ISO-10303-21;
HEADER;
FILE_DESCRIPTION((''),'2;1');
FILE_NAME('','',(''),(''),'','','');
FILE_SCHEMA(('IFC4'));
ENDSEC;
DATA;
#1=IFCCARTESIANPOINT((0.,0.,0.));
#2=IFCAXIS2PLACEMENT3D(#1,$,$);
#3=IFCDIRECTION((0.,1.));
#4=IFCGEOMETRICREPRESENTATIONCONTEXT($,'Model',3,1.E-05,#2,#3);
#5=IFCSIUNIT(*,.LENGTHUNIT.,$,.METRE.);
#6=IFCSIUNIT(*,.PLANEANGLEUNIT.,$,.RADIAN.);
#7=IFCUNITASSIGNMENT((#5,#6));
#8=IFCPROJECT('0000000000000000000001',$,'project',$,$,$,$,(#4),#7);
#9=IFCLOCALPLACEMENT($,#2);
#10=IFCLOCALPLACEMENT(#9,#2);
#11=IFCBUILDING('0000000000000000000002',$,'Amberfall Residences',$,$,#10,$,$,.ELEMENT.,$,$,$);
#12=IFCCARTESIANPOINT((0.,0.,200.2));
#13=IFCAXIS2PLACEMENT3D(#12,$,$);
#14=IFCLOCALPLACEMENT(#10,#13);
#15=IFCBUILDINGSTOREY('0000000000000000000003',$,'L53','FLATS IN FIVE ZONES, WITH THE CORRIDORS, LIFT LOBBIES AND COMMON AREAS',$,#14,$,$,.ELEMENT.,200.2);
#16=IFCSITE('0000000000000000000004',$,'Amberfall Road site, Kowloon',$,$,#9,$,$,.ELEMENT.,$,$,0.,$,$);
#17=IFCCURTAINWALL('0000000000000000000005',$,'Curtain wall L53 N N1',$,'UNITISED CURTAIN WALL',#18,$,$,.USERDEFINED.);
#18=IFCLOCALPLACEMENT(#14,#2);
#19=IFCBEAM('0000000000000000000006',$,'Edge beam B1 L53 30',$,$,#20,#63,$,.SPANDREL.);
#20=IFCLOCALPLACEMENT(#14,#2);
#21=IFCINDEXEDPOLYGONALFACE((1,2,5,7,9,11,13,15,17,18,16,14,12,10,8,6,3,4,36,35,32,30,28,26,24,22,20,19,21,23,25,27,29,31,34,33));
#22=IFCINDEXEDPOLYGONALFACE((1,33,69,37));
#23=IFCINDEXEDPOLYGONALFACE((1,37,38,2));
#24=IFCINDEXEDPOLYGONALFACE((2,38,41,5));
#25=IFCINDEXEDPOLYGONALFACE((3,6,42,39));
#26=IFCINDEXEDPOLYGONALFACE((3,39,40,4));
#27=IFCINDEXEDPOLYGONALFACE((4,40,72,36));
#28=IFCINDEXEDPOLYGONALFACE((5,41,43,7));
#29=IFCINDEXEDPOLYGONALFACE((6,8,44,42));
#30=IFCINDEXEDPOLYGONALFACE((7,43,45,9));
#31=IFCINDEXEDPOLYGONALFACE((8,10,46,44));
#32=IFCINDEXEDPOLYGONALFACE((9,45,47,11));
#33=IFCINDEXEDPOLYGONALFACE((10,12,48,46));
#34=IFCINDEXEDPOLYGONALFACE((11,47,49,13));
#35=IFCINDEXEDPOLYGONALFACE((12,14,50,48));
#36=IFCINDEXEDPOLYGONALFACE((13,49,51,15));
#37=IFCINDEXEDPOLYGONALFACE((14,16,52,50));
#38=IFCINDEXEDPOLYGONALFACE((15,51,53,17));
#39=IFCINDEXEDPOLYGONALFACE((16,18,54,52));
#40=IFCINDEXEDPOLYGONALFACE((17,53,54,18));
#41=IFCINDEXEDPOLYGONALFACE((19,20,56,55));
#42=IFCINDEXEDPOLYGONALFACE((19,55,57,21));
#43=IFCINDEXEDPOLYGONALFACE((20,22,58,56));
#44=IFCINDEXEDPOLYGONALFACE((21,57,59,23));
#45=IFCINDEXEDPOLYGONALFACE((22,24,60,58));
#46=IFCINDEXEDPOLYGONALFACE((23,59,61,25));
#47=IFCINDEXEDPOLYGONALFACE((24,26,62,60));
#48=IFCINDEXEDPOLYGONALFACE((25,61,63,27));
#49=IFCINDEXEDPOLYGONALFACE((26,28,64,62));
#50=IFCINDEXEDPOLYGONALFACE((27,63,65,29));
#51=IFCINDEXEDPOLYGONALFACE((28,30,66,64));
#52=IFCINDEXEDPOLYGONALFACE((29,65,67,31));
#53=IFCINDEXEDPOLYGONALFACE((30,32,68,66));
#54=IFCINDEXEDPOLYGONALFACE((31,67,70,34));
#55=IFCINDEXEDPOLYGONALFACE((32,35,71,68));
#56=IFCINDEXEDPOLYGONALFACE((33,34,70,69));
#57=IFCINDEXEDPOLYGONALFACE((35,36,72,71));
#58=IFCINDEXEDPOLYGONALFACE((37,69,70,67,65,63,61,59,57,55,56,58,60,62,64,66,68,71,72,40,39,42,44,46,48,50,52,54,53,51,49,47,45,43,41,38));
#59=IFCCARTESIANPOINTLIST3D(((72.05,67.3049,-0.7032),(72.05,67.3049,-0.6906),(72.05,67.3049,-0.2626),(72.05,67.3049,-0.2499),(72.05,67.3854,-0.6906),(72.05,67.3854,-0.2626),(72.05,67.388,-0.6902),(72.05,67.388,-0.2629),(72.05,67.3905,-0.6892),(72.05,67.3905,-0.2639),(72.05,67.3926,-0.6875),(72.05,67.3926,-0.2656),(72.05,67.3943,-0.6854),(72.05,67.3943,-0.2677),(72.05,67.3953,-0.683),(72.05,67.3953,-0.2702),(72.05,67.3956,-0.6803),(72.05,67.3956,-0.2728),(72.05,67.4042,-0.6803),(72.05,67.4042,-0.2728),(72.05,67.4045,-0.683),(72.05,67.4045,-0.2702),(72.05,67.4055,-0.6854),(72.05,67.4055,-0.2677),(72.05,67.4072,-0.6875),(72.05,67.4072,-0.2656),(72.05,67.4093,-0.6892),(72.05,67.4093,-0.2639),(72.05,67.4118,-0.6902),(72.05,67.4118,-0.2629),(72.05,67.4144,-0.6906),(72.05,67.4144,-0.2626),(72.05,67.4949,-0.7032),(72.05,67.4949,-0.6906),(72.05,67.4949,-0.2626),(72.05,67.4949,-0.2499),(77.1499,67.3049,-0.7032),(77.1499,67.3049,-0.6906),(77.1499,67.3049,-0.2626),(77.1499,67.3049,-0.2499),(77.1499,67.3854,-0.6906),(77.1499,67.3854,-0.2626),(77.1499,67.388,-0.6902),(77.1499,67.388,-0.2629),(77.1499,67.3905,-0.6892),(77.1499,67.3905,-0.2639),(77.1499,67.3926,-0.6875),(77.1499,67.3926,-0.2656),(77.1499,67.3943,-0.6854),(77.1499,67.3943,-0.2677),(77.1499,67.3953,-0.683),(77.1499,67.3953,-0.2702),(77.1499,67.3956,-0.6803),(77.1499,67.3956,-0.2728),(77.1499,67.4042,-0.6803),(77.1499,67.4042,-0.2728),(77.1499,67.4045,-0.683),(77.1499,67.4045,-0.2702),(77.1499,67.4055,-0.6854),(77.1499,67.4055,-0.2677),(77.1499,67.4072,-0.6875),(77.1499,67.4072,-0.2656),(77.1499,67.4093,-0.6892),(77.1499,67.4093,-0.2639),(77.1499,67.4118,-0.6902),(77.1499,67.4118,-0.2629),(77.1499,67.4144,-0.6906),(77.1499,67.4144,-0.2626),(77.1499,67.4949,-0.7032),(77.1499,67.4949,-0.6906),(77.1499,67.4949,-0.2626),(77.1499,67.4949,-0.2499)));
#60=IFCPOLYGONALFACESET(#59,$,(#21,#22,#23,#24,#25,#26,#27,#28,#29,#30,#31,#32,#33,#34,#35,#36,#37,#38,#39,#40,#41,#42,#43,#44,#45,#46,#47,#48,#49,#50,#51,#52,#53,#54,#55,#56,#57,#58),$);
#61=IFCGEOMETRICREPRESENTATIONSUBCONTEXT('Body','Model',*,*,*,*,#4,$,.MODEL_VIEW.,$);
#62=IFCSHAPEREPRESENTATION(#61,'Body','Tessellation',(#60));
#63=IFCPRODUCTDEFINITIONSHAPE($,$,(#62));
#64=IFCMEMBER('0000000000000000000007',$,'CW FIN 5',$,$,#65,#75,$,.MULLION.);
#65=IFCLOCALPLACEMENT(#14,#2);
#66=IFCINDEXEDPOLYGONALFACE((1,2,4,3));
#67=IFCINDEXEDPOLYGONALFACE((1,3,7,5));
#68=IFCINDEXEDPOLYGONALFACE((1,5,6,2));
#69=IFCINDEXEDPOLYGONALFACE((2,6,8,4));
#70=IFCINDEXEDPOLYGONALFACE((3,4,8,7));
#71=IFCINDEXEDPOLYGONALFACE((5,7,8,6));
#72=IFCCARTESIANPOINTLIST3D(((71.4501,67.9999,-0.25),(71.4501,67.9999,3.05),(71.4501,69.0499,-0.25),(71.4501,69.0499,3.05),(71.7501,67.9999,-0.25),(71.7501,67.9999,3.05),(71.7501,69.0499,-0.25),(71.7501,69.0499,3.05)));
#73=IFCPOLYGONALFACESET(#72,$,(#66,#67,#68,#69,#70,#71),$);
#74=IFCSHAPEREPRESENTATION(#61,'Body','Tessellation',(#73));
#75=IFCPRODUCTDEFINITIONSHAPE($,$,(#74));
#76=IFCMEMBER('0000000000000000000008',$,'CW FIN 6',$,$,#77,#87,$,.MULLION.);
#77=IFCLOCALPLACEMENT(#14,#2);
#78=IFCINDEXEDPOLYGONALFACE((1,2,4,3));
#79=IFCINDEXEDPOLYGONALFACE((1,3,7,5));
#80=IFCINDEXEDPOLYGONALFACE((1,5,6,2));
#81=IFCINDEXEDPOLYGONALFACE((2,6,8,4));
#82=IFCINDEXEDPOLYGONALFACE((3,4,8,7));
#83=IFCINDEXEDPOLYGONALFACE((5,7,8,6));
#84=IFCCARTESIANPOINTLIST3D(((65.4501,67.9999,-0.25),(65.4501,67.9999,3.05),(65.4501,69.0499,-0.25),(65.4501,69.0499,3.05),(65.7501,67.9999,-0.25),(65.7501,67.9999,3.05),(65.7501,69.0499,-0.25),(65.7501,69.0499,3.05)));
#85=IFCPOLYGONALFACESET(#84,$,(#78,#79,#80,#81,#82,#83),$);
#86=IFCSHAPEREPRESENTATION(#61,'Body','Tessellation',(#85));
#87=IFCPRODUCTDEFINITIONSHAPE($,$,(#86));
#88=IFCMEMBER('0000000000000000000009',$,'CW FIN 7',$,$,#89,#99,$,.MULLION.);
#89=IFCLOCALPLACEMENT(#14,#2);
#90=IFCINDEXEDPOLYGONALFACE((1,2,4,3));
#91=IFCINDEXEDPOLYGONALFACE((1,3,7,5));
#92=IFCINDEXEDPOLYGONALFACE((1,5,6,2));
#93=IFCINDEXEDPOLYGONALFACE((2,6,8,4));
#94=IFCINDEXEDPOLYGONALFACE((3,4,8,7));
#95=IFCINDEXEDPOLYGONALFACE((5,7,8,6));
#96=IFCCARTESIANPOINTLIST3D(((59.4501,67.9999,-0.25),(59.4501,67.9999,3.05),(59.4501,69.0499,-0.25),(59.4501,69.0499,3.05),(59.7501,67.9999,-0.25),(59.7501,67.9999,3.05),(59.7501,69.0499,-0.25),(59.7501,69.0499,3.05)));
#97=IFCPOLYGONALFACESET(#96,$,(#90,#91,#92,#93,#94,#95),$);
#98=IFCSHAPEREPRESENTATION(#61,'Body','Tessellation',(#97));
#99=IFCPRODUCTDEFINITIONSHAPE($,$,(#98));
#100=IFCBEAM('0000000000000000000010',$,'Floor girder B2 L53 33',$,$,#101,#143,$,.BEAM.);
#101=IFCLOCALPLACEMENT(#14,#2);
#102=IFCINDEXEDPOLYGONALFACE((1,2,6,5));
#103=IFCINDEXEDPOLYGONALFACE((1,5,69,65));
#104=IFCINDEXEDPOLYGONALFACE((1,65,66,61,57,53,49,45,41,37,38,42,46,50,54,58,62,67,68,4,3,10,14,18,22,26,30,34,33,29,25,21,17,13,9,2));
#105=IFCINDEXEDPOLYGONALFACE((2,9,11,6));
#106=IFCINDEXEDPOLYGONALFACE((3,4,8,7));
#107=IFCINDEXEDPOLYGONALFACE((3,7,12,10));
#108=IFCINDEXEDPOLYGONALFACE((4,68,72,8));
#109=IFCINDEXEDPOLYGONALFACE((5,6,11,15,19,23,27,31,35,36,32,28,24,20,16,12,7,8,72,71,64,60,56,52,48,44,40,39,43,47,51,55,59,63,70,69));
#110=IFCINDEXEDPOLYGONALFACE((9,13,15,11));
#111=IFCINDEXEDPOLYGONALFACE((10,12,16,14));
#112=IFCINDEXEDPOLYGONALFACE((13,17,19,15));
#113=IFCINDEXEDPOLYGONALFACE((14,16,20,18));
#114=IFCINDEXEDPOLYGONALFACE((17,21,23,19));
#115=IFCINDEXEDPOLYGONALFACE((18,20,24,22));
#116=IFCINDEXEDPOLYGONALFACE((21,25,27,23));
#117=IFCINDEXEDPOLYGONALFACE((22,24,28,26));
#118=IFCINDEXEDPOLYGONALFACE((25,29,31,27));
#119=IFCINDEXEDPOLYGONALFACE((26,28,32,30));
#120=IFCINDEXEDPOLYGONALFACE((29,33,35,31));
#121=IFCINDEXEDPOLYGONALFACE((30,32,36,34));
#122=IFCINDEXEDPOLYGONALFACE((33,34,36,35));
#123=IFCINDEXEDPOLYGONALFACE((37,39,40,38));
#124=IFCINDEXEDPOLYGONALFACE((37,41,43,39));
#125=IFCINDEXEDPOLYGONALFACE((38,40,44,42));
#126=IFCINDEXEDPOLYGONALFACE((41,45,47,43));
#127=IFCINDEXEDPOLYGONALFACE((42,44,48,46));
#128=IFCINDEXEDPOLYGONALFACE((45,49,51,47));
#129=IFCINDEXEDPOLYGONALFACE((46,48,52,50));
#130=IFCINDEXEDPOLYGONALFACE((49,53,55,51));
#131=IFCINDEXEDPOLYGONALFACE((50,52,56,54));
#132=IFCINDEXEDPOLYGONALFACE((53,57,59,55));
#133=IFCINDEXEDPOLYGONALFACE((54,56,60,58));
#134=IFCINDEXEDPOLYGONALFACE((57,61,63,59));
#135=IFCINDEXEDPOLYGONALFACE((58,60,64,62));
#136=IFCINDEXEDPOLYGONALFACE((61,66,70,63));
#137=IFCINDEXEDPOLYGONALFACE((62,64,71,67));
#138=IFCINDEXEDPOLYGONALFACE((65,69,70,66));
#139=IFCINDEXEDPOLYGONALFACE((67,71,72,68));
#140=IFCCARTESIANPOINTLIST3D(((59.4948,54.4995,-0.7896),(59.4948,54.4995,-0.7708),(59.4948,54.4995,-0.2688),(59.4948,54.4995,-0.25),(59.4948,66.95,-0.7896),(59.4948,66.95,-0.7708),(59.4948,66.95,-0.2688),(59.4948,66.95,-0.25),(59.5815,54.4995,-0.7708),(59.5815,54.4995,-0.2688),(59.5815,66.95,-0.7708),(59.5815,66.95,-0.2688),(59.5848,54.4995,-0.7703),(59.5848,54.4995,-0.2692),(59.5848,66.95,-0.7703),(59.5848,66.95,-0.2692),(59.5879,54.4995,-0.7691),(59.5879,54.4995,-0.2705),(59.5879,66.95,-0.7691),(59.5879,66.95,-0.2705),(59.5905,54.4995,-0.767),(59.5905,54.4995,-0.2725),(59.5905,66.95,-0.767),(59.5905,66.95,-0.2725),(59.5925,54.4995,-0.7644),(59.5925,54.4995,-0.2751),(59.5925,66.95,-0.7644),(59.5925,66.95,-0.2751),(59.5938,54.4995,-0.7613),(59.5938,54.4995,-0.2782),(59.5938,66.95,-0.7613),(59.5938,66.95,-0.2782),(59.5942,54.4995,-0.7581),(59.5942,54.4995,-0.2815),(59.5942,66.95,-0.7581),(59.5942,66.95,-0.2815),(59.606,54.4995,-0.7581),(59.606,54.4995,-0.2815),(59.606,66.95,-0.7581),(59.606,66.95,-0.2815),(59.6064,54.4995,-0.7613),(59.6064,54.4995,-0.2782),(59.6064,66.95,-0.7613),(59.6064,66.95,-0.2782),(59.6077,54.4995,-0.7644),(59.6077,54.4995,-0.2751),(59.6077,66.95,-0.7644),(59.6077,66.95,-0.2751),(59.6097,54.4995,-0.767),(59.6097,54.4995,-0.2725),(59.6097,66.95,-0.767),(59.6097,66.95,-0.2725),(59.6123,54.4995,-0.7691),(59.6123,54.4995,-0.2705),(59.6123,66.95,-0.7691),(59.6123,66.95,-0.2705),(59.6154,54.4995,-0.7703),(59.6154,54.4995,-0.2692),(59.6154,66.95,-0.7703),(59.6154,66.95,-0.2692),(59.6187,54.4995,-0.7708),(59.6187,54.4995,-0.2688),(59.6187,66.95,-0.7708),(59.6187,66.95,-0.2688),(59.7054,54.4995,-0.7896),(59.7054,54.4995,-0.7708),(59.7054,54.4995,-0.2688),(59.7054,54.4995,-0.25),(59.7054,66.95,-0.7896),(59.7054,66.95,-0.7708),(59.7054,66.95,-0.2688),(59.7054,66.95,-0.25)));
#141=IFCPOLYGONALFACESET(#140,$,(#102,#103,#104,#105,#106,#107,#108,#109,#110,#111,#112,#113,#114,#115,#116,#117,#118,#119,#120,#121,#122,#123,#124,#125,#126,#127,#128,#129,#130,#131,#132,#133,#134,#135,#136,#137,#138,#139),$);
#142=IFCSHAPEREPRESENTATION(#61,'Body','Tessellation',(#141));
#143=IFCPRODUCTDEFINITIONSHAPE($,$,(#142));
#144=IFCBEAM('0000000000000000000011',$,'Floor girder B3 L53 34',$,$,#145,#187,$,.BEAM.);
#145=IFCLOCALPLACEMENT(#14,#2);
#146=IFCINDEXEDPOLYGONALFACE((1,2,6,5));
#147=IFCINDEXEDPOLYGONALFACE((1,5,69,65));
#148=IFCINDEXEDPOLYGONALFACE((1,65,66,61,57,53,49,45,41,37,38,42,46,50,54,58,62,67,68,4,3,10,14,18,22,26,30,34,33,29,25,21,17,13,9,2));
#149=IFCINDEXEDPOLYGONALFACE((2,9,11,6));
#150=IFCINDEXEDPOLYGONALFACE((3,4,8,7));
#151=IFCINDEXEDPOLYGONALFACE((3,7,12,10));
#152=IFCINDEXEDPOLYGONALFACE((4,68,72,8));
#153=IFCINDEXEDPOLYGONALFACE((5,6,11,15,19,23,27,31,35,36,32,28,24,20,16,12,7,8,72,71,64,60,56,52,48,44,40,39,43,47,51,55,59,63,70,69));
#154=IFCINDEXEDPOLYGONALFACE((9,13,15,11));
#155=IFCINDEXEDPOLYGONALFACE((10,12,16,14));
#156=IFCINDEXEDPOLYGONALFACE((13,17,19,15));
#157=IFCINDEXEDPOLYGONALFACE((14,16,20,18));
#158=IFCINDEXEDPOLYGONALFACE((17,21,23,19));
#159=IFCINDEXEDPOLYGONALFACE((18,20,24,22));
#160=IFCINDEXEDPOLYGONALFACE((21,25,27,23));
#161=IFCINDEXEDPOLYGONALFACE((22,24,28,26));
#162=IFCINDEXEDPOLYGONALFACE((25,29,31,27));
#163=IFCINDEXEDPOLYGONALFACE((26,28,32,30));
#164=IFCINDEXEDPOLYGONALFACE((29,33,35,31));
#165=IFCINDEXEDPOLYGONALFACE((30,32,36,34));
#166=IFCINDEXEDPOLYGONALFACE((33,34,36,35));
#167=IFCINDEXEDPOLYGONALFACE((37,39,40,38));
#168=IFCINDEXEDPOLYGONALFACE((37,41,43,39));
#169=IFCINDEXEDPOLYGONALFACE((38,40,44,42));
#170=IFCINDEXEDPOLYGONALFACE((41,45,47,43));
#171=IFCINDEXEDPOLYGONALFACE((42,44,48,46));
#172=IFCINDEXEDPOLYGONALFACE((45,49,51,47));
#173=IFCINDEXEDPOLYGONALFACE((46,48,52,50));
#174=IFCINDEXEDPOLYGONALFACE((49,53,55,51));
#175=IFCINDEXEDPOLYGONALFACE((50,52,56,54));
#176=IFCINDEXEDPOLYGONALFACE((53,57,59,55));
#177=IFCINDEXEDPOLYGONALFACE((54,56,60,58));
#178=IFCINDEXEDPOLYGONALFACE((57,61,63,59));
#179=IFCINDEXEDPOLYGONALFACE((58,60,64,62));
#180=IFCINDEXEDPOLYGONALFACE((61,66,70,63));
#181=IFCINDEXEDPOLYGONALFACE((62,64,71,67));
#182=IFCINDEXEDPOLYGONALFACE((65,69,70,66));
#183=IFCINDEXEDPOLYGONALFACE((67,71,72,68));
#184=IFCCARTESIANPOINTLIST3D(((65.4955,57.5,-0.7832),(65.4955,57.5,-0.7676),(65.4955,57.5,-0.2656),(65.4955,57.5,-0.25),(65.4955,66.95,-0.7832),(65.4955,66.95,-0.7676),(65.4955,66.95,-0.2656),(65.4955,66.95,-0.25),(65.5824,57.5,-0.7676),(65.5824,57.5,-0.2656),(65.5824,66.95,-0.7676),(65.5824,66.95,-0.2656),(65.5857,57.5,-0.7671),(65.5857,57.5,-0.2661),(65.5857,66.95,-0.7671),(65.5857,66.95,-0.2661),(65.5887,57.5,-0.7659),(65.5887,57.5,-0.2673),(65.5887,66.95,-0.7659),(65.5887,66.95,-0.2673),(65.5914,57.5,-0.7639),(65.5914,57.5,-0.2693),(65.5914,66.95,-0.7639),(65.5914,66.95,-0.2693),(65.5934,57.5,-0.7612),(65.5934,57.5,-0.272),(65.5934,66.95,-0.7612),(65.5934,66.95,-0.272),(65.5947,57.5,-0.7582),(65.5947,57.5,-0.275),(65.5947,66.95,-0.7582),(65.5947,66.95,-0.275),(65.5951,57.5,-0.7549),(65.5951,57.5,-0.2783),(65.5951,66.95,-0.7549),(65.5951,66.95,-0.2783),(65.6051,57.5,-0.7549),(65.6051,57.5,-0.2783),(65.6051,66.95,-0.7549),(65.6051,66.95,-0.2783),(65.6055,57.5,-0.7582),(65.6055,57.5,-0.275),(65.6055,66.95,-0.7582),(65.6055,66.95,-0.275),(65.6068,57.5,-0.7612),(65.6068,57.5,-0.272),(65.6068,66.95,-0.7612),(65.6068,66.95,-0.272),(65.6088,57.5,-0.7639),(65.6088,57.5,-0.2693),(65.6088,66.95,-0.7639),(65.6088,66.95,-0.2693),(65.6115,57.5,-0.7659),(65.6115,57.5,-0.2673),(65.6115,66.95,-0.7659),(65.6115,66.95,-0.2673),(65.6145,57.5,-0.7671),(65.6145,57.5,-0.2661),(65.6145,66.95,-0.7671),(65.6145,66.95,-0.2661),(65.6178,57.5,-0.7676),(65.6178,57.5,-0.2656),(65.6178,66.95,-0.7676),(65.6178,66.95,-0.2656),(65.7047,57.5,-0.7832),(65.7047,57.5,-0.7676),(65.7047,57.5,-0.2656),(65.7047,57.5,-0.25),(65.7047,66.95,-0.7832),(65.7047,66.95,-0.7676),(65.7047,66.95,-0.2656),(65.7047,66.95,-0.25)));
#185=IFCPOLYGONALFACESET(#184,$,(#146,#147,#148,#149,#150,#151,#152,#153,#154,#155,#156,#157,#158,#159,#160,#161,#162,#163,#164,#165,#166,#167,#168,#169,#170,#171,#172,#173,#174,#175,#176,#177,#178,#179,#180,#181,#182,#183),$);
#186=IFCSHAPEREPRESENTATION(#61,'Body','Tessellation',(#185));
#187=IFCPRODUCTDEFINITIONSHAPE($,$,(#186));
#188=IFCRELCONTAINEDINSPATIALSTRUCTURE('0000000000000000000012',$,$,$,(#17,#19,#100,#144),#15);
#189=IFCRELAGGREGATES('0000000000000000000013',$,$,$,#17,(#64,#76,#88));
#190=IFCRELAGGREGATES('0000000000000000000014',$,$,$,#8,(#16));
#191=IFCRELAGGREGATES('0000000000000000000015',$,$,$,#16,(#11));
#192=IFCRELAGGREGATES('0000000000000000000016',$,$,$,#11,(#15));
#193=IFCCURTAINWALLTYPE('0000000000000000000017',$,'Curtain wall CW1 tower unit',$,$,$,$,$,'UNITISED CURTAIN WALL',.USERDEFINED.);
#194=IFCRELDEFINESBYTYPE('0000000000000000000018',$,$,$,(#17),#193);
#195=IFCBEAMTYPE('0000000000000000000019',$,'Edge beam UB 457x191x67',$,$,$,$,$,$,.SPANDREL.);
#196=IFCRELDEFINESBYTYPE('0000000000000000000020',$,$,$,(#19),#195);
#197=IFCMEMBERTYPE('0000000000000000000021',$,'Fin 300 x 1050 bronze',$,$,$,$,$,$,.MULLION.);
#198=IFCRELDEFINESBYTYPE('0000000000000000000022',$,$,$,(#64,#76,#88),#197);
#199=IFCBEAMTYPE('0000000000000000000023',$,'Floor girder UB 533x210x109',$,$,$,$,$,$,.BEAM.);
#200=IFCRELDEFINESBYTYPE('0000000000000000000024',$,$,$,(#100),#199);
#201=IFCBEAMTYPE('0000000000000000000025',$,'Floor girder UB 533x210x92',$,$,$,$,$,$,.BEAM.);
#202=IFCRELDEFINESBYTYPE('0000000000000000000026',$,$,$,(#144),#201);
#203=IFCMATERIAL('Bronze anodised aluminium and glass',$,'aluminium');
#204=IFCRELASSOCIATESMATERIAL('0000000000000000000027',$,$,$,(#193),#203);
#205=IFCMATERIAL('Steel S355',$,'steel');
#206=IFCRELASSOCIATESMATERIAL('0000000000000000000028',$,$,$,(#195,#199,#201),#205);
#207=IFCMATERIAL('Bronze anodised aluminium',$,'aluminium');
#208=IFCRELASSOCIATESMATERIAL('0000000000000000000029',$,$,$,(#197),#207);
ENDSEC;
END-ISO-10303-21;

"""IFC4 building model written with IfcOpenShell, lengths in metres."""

from ifc_helpers import new_model, si_unit, direction, frame, origin, origin_2d, place, context, subcontext, project, spatial, rectangle, i_section, extrude, material, material_profile, profile_set, type_object, element, aggregate, save


model = new_model("IFC4")

# Units and contexts
model_context = context("Model", 3, precision=1e-05, world=origin(), true_north=direction((0.0, 1.0)))
body_context = subcontext(model_context, "Body", "Model", "MODEL_VIEW")
ifc_project = project(units=[si_unit("LENGTHUNIT", "METRE"), si_unit("PLANEANGLEUNIT", "RADIAN")], contexts=[model_context])

# Site, building, storey
site_placement = place(None, origin())
site = spatial("IfcSite", under=ifc_project, at=site_placement, Name="Amberfall Road site, Kowloon", CompositionType="ELEMENT", RefElevation=0.0)
building_placement = place(site_placement, origin())
building = spatial("IfcBuilding", under=site, at=building_placement, Name="Amberfall Residences", CompositionType="ELEMENT")
storey_placement = place(building_placement, frame((0.0, 0.0, 200.2)))
storey = spatial("IfcBuildingStorey", under=building, at=storey_placement, Name="L53", Description="FLATS IN FIVE ZONES, WITH THE CORRIDORS, LIFT LOBBIES AND COMMON AREAS", CompositionType="ELEMENT", Elevation=200.2)

# Curtain wall
ifc_material_1 = material(Name="Bronze anodised aluminium and glass", Category="aluminium")
curtain_wall_type = type_object("IfcCurtainWallType", Name="Curtain wall CW1 tower unit", ElementType="UNITISED CURTAIN WALL", PredefinedType="USERDEFINED", material=ifc_material_1)
curtain_wall_placement = place(storey_placement, origin())
curtain_wall = element("IfcCurtainWall", 1, at=curtain_wall_placement, inside=storey, type_object=curtain_wall_type, Name="Curtain wall L53 N N1", ObjectType="UNITISED CURTAIN WALL", PredefinedType="USERDEFINED")
ifc_material_2 = material(Name="Bronze anodised aluminium", Category="aluminium")

# Beam
ifc_material_3 = material(Name="Steel S355", Category="steel")
ifc_material_profile_1 = material_profile(ifc_material_3, i_section(OverallWidth=0.1899, OverallDepth=0.4534, WebThickness=0.0085, FlangeThickness=0.0127, FilletRadius=0.0103, at=origin_2d()), Name="UB 457x191x67")
ifc_profile_set_1 = profile_set([ifc_material_profile_1], Name="Steel S355")
beam_type_1 = type_object("IfcBeamType", Name="Edge beam UB 457x191x67", PredefinedType="SPANDREL", material=ifc_profile_set_1)
for number, where, z_axis, x_axis, name in (
    (2, (72.05, 67.3999, -0.4766), (1.0, 0.0, 0.0), (0.0, 1.0, 0.0), "Edge beam B1 L53 30"),
):
    element("IfcBeam", number, at=place(storey_placement, frame(where, z_axis=z_axis, x_axis=x_axis)), inside=storey, type_object=beam_type_1, Name=name, PredefinedType="SPANDREL", context=body_context, shape_type="SweptSolid", body=[
        extrude(i_section(OverallWidth=0.1899, OverallDepth=0.4534, WebThickness=0.0085, FlangeThickness=0.0127, FilletRadius=0.0103, at=origin_2d()), origin(), (0.0, 0.0, 1.0), 5.0999),
    ])

# Members
ifc_material_profile_2 = material_profile(ifc_material_2, rectangle(XDim=1.05, YDim=0.3, at=origin_2d()), Name="Fin 300 x 1050 bronze")
ifc_profile_set_2 = profile_set([ifc_material_profile_2], Name="Bronze anodised aluminium")
member_type_1 = type_object("IfcMemberType", Name="Fin 300 x 1050 bronze", PredefinedType="MULLION", material=ifc_profile_set_2)
member_1_placement = place(storey_placement, frame((71.6001, 68.5249, -0.25), z_axis=(0.0, 0.0, 1.0), x_axis=(0.0, -1.0, 0.0)))
member_1 = element("IfcMember", 3, at=member_1_placement, type_object=member_type_1, Name="CW FIN 5", PredefinedType="MULLION", context=body_context, shape_type="SweptSolid", body=[
    extrude(rectangle(XDim=1.05, YDim=0.3, at=origin_2d()), origin(), (0.0, 0.0, 1.0), 3.3),
])
member_2_placement = place(storey_placement, frame((65.6001, 68.5249, -0.25), z_axis=(0.0, 0.0, 1.0), x_axis=(0.0, -1.0, 0.0)))
member_2 = element("IfcMember", 4, at=member_2_placement, type_object=member_type_1, Name="CW FIN 6", PredefinedType="MULLION", context=body_context, shape_type="SweptSolid", body=[
    extrude(rectangle(XDim=1.05, YDim=0.3, at=origin_2d()), origin(), (0.0, 0.0, 1.0), 3.3),
])
member_3_placement = place(storey_placement, frame((59.6001, 68.5249, -0.25), z_axis=(0.0, 0.0, 1.0), x_axis=(0.0, -1.0, 0.0)))
member_3 = element("IfcMember", 5, at=member_3_placement, type_object=member_type_1, Name="CW FIN 7", PredefinedType="MULLION", context=body_context, shape_type="SweptSolid", body=[
    extrude(rectangle(XDim=1.05, YDim=0.3, at=origin_2d()), origin(), (0.0, 0.0, 1.0), 3.3),
])

# Beams
ifc_material_profile_3 = material_profile(ifc_material_3, i_section(OverallWidth=0.2107, OverallDepth=0.5396, WebThickness=0.0117, FlangeThickness=0.0188, FilletRadius=0.0127, at=origin_2d()), Name="UB 533x210x109")
ifc_profile_set_3 = profile_set([ifc_material_profile_3], Name="Steel S355")
beam_type_2 = type_object("IfcBeamType", Name="Floor girder UB 533x210x109", PredefinedType="BEAM", material=ifc_profile_set_3)
beam_placement = place(storey_placement, frame((59.6001, 66.95, -0.5198), z_axis=(0.0, -1.0, 0.0), x_axis=(1.0, 0.0, 0.0)))
element("IfcBeam", 6, at=beam_placement, inside=storey, type_object=beam_type_2, Name="Floor girder B2 L53 33", PredefinedType="BEAM", context=body_context, shape_type="SweptSolid", body=[
    extrude(i_section(OverallWidth=0.2107, OverallDepth=0.5396, WebThickness=0.0117, FlangeThickness=0.0188, FilletRadius=0.0127, at=origin_2d()), origin(), (0.0, 0.0, 1.0), 12.4504),
])
ifc_material_profile_4 = material_profile(ifc_material_3, i_section(OverallWidth=0.2092, OverallDepth=0.5332, WebThickness=0.01, FlangeThickness=0.0156, FilletRadius=0.0127, at=origin_2d()), Name="UB 533x210x92")
ifc_profile_set_4 = profile_set([ifc_material_profile_4], Name="Steel S355")
beam_type_3 = type_object("IfcBeamType", Name="Floor girder UB 533x210x92", PredefinedType="BEAM", material=ifc_profile_set_4)
for number, where, z_axis, x_axis, name in (
    (7, (65.6001, 66.95, -0.5166), (0.0, -1.0, 0.0), (1.0, 0.0, 0.0), "Floor girder B3 L53 34"),
):
    element("IfcBeam", number, at=place(storey_placement, frame(where, z_axis=z_axis, x_axis=x_axis)), inside=storey, type_object=beam_type_3, Name=name, PredefinedType="BEAM", context=body_context, shape_type="SweptSolid", body=[
        extrude(i_section(OverallWidth=0.2092, OverallDepth=0.5332, WebThickness=0.01, FlangeThickness=0.0156, FilletRadius=0.0127, at=origin_2d()), origin(), (0.0, 0.0, 1.0), 9.45),
    ])

aggregate(curtain_wall, [member_1, member_2, member_3])

save(model, "model.ifc")
